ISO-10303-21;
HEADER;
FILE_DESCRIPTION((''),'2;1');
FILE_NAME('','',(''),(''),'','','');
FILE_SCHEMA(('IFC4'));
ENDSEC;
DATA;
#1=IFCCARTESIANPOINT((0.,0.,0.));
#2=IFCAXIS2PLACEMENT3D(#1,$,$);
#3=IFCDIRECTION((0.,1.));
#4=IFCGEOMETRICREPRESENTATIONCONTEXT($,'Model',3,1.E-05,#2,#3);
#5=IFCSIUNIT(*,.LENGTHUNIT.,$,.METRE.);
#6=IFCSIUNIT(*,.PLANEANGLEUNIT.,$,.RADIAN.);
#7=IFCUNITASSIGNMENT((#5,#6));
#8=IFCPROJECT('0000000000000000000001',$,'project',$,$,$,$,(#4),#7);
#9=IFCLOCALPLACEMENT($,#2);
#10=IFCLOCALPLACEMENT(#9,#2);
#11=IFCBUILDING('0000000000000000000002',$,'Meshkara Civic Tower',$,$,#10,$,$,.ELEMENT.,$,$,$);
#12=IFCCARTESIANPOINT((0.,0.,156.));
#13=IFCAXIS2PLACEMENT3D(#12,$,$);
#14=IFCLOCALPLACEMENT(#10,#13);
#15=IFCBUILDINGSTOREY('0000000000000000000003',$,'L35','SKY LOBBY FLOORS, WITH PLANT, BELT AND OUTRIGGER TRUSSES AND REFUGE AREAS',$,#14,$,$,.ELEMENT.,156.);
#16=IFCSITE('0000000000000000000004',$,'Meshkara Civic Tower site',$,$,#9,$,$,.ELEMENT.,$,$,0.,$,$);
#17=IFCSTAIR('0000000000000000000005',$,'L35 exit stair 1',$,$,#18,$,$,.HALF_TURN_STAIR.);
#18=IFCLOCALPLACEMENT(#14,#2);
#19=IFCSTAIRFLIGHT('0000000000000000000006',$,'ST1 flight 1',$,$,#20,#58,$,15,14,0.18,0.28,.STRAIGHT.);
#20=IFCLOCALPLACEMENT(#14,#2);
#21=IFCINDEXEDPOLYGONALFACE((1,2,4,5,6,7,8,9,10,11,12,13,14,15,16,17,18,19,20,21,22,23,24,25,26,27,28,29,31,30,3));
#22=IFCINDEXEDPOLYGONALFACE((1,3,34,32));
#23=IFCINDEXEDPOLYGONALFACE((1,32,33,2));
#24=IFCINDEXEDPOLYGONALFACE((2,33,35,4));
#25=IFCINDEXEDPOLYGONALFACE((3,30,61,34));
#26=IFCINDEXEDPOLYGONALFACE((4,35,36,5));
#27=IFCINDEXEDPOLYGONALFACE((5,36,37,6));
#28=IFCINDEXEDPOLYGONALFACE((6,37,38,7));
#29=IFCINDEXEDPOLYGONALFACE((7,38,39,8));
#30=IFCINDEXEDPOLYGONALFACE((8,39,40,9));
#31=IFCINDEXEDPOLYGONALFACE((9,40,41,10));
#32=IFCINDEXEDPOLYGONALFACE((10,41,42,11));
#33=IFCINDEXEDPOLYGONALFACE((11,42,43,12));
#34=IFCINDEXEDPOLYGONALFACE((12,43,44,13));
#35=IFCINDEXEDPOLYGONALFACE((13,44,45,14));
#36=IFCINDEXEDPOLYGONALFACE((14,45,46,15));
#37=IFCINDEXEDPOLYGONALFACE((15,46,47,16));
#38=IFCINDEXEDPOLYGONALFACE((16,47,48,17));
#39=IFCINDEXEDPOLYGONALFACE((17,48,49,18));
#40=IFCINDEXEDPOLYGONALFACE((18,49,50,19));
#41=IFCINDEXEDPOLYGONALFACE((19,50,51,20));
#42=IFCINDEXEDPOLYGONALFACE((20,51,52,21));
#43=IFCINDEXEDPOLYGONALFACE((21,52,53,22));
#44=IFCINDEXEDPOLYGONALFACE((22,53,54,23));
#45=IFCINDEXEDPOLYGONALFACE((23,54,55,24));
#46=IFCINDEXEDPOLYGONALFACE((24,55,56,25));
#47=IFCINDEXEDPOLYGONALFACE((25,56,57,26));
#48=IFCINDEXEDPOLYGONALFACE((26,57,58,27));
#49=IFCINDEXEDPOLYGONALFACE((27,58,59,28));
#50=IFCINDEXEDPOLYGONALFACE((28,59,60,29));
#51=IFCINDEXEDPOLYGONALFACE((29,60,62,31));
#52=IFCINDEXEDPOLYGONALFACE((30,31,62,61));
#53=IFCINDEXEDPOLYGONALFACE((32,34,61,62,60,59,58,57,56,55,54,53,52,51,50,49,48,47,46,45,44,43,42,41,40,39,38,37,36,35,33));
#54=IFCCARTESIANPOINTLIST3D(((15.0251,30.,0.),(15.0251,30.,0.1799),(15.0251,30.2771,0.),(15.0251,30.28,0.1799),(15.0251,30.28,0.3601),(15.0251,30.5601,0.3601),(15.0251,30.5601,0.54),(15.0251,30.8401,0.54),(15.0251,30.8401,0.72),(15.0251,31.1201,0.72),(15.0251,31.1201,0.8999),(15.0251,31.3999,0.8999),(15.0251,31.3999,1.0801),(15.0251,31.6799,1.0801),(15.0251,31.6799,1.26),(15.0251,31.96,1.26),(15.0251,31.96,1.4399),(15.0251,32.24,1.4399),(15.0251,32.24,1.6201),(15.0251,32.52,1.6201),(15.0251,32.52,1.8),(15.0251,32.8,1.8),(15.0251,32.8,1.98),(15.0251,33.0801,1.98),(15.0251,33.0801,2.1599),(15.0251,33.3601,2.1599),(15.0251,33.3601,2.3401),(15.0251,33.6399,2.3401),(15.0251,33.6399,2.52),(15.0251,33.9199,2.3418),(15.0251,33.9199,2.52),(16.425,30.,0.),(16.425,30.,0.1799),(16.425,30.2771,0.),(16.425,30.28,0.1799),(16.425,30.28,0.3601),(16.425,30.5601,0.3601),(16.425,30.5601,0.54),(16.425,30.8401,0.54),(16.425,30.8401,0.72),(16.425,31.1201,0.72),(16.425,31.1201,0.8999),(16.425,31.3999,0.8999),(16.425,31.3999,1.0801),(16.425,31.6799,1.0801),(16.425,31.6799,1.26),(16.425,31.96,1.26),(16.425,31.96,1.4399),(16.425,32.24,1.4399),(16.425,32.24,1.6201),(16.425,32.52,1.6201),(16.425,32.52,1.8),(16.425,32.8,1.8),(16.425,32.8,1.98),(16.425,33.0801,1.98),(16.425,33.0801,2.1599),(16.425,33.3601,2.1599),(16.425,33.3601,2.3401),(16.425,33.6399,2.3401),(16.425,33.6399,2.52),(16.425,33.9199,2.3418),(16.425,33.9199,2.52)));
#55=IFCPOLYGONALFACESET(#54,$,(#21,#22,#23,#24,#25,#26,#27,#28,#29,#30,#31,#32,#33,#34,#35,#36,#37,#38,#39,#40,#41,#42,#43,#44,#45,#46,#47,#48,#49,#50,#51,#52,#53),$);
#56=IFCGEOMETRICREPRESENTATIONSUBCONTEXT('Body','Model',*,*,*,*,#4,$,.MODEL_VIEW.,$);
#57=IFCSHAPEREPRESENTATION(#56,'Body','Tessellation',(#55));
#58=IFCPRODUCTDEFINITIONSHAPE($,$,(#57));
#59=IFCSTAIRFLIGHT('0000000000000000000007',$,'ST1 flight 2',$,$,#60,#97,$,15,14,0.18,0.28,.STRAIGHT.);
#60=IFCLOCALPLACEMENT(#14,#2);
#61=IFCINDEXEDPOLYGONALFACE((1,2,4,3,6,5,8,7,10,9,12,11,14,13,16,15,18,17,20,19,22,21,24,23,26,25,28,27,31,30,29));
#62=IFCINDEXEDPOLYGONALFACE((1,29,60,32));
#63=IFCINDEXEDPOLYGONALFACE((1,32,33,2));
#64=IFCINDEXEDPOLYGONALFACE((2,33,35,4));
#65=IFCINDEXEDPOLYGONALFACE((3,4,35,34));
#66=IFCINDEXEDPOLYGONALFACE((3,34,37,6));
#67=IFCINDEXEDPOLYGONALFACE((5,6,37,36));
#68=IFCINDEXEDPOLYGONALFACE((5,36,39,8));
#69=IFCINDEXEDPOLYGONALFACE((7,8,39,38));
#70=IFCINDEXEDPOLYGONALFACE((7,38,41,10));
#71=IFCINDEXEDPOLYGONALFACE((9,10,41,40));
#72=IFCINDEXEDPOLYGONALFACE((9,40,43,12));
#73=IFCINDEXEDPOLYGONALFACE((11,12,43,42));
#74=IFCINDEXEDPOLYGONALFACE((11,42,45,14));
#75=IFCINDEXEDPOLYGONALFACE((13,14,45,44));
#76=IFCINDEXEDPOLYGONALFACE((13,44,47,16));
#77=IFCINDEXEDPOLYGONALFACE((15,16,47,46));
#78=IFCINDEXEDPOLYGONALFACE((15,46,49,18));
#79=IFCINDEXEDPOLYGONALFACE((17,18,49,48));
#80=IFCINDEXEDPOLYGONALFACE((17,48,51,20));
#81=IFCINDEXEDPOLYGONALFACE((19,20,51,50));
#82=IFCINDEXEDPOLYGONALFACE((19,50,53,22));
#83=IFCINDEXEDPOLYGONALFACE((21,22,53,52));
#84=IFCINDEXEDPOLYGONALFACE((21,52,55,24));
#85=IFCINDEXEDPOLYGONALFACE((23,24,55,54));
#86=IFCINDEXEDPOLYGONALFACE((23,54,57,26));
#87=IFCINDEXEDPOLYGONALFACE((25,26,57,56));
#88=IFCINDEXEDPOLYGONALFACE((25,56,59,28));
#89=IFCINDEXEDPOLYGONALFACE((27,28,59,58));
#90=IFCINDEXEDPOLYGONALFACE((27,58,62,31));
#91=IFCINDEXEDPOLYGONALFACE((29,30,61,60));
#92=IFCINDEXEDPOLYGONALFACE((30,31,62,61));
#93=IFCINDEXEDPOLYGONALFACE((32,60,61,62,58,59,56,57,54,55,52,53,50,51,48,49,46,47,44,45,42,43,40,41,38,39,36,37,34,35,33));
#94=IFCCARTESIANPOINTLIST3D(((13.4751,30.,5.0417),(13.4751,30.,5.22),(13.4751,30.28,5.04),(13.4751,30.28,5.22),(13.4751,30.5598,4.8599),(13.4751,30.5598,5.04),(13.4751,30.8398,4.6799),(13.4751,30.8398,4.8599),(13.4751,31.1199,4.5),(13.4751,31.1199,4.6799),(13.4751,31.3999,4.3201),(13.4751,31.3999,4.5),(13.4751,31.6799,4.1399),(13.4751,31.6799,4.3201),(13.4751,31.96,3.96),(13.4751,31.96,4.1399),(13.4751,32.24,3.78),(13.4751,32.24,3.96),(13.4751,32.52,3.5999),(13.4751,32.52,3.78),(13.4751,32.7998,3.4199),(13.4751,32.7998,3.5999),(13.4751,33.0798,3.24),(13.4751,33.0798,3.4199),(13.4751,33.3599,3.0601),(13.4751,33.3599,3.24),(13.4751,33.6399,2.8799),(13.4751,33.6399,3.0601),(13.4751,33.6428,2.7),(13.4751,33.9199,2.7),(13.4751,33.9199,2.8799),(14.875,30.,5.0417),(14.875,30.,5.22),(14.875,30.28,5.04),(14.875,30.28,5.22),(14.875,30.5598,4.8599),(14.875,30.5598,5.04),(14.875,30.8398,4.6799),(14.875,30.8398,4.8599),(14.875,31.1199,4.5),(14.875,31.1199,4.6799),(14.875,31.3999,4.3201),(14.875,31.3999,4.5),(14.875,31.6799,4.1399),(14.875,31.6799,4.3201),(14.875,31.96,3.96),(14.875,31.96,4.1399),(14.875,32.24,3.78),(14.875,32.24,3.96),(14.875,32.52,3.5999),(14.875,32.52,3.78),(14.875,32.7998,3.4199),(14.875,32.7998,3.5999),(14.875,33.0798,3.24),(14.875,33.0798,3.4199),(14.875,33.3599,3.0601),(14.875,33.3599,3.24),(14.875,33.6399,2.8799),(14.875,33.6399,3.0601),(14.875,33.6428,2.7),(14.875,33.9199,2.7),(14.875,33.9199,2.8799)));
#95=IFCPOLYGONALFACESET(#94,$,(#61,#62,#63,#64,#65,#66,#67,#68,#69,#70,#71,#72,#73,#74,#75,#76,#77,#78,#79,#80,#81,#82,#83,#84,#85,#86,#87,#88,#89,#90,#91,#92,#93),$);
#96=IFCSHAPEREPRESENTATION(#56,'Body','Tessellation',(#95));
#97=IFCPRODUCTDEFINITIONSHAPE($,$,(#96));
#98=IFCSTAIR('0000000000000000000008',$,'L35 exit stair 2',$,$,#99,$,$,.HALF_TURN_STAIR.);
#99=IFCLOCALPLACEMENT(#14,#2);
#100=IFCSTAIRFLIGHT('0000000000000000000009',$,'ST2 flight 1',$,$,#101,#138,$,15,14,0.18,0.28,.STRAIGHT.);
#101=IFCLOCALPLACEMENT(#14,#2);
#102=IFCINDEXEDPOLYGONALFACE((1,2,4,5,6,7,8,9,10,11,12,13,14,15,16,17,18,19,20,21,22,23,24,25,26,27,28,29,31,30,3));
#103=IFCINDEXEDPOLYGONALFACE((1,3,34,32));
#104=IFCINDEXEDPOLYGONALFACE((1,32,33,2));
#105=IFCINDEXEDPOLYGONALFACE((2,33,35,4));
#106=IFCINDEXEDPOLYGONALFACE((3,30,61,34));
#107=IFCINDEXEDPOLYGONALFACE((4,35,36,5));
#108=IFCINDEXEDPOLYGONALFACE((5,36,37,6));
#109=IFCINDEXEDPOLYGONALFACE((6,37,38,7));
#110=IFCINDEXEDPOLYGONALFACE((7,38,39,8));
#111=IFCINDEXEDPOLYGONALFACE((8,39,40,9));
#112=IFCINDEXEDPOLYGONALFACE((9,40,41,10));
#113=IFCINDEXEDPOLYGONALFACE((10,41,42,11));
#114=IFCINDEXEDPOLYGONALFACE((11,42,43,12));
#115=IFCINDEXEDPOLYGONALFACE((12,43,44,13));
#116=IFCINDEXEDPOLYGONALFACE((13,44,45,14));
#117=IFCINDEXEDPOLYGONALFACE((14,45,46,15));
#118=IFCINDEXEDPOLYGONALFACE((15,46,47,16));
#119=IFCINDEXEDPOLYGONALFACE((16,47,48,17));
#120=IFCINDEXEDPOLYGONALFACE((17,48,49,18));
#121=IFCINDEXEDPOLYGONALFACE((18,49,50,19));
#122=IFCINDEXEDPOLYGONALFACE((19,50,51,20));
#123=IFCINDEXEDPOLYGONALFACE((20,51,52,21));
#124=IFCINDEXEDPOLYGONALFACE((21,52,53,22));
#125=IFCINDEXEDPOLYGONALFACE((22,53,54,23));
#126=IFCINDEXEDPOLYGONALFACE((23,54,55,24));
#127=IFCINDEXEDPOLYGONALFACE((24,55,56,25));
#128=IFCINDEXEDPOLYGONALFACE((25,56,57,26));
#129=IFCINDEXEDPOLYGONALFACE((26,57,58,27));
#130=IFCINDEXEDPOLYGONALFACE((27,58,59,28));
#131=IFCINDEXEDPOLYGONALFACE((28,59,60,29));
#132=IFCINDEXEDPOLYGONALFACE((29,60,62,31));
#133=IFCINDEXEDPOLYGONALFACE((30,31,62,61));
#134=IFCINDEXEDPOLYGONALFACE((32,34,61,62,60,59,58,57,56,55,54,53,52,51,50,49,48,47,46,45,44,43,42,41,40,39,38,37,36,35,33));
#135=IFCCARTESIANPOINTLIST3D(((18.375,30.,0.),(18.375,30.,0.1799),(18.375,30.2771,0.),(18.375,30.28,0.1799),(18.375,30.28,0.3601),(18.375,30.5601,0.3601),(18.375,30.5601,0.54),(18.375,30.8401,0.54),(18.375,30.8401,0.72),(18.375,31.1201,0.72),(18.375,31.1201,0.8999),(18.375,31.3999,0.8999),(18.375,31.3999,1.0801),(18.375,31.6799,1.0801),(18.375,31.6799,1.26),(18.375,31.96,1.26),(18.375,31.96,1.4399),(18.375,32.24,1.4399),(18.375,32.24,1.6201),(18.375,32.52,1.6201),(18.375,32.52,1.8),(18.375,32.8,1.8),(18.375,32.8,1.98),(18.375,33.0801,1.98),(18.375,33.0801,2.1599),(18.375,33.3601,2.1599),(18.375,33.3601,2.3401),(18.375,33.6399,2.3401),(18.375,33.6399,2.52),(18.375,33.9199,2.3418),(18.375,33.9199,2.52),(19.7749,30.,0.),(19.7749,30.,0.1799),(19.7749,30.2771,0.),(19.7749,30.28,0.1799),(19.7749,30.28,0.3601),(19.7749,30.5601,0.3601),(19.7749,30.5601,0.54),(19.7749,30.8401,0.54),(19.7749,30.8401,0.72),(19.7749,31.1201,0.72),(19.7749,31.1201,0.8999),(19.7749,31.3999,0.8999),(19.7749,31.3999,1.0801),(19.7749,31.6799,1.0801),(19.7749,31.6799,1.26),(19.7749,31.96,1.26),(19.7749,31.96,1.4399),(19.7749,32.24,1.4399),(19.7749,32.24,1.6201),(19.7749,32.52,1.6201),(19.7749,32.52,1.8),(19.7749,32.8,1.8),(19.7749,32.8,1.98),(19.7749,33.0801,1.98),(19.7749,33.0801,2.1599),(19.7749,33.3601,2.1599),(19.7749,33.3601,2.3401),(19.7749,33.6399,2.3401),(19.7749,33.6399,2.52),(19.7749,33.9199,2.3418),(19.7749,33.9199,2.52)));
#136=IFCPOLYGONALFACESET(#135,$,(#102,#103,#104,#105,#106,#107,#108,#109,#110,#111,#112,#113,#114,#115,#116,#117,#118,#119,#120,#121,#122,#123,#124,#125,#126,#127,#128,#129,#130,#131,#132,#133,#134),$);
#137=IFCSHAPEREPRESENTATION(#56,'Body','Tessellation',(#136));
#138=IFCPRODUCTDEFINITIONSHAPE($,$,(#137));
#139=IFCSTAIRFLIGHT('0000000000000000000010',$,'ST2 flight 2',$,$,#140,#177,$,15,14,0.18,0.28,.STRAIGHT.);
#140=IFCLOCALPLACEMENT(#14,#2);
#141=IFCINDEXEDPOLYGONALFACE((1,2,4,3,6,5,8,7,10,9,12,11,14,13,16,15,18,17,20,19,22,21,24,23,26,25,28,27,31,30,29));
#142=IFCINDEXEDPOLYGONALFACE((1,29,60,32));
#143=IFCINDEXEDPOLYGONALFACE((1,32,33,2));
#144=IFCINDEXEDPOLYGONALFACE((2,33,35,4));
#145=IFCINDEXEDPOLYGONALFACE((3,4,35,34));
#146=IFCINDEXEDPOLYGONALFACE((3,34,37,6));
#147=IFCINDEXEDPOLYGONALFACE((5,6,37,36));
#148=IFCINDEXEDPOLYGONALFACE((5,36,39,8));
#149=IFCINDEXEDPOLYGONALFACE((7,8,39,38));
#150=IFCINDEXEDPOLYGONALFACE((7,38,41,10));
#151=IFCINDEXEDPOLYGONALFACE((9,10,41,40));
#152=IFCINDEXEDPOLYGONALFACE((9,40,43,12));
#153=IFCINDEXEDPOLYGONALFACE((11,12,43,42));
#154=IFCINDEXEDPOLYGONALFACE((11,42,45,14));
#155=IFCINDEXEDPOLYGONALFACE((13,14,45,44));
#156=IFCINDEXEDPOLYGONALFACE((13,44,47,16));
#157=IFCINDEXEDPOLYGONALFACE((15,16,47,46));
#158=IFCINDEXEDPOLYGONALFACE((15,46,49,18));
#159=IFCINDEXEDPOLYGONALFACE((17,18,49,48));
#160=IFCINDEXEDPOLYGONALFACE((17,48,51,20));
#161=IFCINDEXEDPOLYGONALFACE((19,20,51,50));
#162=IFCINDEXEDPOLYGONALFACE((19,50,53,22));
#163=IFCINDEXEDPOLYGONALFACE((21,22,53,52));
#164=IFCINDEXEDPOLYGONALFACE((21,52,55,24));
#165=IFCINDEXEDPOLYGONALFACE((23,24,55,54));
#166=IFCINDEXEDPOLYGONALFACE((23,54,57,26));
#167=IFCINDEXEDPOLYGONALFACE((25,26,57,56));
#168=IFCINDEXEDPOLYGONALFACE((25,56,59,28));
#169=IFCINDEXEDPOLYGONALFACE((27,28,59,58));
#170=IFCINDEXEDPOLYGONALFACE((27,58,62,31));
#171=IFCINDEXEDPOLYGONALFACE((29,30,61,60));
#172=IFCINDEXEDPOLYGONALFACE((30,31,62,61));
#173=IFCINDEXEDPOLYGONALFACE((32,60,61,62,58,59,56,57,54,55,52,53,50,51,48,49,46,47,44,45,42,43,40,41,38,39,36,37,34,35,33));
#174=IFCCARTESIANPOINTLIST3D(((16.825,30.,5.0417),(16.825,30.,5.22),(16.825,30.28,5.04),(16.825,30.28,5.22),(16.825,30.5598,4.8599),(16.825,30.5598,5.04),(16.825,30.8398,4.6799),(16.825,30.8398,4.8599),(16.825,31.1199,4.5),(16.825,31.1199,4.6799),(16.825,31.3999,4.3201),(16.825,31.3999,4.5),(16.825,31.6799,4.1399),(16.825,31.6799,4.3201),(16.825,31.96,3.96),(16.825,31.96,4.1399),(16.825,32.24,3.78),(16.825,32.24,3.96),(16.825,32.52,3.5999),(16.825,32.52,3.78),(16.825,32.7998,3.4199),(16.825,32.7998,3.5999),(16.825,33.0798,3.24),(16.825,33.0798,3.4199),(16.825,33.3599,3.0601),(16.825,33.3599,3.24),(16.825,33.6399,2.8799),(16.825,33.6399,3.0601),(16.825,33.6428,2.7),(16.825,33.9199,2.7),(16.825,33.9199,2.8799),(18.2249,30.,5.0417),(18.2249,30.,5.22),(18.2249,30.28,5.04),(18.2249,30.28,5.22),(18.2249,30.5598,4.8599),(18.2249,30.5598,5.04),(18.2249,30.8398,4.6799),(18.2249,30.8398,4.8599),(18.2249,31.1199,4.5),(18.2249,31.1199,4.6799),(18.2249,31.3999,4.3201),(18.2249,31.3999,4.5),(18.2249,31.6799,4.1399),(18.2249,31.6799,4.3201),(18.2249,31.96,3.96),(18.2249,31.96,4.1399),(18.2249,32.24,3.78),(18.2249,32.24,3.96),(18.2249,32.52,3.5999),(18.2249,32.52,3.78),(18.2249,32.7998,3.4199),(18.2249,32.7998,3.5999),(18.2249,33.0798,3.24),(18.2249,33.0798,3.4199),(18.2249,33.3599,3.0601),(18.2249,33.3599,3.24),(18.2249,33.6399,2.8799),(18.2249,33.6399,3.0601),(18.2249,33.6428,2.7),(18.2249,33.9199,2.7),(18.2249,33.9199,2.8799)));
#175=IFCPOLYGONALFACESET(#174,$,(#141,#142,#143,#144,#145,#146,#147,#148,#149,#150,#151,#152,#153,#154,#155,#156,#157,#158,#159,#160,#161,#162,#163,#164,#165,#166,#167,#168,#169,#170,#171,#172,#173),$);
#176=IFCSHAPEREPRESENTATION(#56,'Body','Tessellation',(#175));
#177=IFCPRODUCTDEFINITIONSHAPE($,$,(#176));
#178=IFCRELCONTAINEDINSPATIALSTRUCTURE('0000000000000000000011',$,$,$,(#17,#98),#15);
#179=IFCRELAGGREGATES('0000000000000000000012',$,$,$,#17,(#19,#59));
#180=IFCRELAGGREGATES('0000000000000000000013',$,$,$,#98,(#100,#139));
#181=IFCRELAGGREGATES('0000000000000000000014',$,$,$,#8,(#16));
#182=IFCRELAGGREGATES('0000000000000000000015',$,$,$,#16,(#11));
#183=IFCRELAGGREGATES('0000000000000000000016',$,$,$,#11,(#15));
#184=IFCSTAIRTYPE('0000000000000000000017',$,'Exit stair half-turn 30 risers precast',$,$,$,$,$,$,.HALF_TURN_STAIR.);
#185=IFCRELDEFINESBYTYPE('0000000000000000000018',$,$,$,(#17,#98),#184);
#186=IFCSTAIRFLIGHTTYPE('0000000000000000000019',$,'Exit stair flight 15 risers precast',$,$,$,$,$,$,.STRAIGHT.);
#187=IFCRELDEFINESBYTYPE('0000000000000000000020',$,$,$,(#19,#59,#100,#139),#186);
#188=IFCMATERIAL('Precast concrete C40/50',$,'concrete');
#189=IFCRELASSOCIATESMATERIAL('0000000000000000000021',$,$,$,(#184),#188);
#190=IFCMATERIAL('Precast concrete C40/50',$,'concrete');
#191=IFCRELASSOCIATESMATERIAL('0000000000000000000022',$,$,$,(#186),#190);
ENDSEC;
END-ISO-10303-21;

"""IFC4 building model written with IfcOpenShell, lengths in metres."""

from ifc_helpers import new_model, si_unit, direction, frame, origin, place, context, subcontext, project, spatial, polyline, outline, extrude, material, type_object, element, aggregate, save


model = new_model("IFC4")

# Units and contexts
model_context = context("Model", 3, precision=1e-05, world=origin(), true_north=direction((0.0, 1.0)))
body_context = subcontext(model_context, "Body", "Model", "MODEL_VIEW")
ifc_project = project(units=[si_unit("LENGTHUNIT", "METRE"), si_unit("PLANEANGLEUNIT", "RADIAN")], contexts=[model_context])

# Site, building, storey
site_placement = place(None, origin())
site = spatial("IfcSite", under=ifc_project, at=site_placement, Name="Meshkara Civic Tower site", CompositionType="ELEMENT", RefElevation=0.0)
building_placement = place(site_placement, origin())
building = spatial("IfcBuilding", under=site, at=building_placement, Name="Meshkara Civic Tower", CompositionType="ELEMENT")
storey_placement = place(building_placement, frame((0.0, 0.0, 156.0)))
storey = spatial("IfcBuildingStorey", under=building, at=storey_placement, Name="L35", Description="SKY LOBBY FLOORS, WITH PLANT, BELT AND OUTRIGGER TRUSSES AND REFUGE AREAS", CompositionType="ELEMENT", Elevation=156.0)

# Stairs, stair flights
ifc_material_1 = material(Name="Precast concrete C40/50", Category="concrete")
stair_type = type_object("IfcStairType", Name="Exit stair half-turn 30 risers precast", PredefinedType="HALF_TURN_STAIR", material=ifc_material_1)
stair_1_placement = place(storey_placement, origin())
stair_1 = element("IfcStair", 1, at=stair_1_placement, inside=storey, type_object=stair_type, Name="L35 exit stair 1", PredefinedType="HALF_TURN_STAIR")
ifc_material_2 = material(Name="Precast concrete C40/50", Category="concrete")
stair_flight_type = type_object("IfcStairFlightType", Name="Exit stair flight 15 risers precast", PredefinedType="STRAIGHT", material=ifc_material_2)
stair_flight_1_placement = place(storey_placement, frame((15.7251, 30.0, 0.0), z_axis=(0.0, 0.0, 1.0), x_axis=(0.0, 1.0, 0.0)))
stair_flight_1 = element("IfcStairFlight", 2, at=stair_flight_1_placement, type_object=stair_flight_type, Name="ST1 flight 1", NumberOfRisers=15, NumberOfTreads=14, PredefinedType="STRAIGHT", RiserHeight=0.18, TreadLength=0.28, context=body_context, shape_type="SweptSolid", body=[
    extrude(outline(polyline([(0.0, 0.0), (0.0, 0.1799), (0.28, 0.1799), (0.28, 0.3601), (0.5601, 0.3601), (0.5601, 0.54), (0.8401, 0.54), (0.8401, 0.72), (1.1201, 0.72), (1.1201, 0.8999), (1.3999, 0.8999), (1.3999, 1.0801), (1.6799, 1.0801), (1.6799, 1.26), (1.96, 1.26), (1.96, 1.4399), (2.24, 1.4399), (2.24, 1.6201), (2.52, 1.6201), (2.52, 1.8), (2.8, 1.8), (2.8, 1.98), (3.0801, 1.98), (3.0801, 2.1599), (3.3601, 2.1599), (3.3601, 2.3401), (3.6399, 2.3401), (3.6399, 2.52), (3.9199, 2.52), (3.9199, 2.7), (3.9199, 2.3418), (0.2771, 0.0), (0.0, 0.0)])), frame((0.0, 0.7, 0.0), z_axis=(0.0, -1.0, 0.0), x_axis=(1.0, 0.0, 0.0)), (0.0, 0.0, 1.0), 1.3999),
])
stair_flight_2_placement = place(storey_placement, frame((14.175, 33.9199, 2.7), z_axis=(0.0, 0.0, 1.0), x_axis=(0.0, -1.0, 0.0)))
stair_flight_2 = element("IfcStairFlight", 3, at=stair_flight_2_placement, type_object=stair_flight_type, Name="ST1 flight 2", NumberOfRisers=15, NumberOfTreads=14, PredefinedType="STRAIGHT", RiserHeight=0.18, TreadLength=0.28, context=body_context, shape_type="SweptSolid", body=[
    extrude(outline(polyline([(0.0, 0.0), (0.0, 0.1799), (0.28, 0.1799), (0.28, 0.3601), (0.5601, 0.3601), (0.5601, 0.54), (0.8401, 0.54), (0.8401, 0.72), (1.1201, 0.72), (1.1201, 0.8999), (1.3999, 0.8999), (1.3999, 1.0801), (1.6799, 1.0801), (1.6799, 1.26), (1.96, 1.26), (1.96, 1.4399), (2.24, 1.4399), (2.24, 1.6201), (2.52, 1.6201), (2.52, 1.8), (2.8, 1.8), (2.8, 1.98), (3.0801, 1.98), (3.0801, 2.1599), (3.3601, 2.1599), (3.3601, 2.3401), (3.6399, 2.3401), (3.6399, 2.52), (3.9199, 2.52), (3.9199, 2.7), (3.9199, 2.3418), (0.2771, 0.0), (0.0, 0.0)])), frame((0.0, 0.7, 0.0), z_axis=(0.0, -1.0, 0.0), x_axis=(1.0, 0.0, 0.0)), (0.0, 0.0, 1.0), 1.3999),
])
aggregate(stair_1, [stair_flight_1, stair_flight_2])
stair_2_placement = place(storey_placement, origin())
stair_2 = element("IfcStair", 4, at=stair_2_placement, inside=storey, type_object=stair_type, Name="L35 exit stair 2", PredefinedType="HALF_TURN_STAIR")
stair_flight_3_placement = place(storey_placement, frame((19.075, 30.0, 0.0), z_axis=(0.0, 0.0, 1.0), x_axis=(0.0, 1.0, 0.0)))
stair_flight_3 = element("IfcStairFlight", 5, at=stair_flight_3_placement, type_object=stair_flight_type, Name="ST2 flight 1", NumberOfRisers=15, NumberOfTreads=14, PredefinedType="STRAIGHT", RiserHeight=0.18, TreadLength=0.28, context=body_context, shape_type="SweptSolid", body=[
    extrude(outline(polyline([(0.0, 0.0), (0.0, 0.1799), (0.28, 0.1799), (0.28, 0.3601), (0.5601, 0.3601), (0.5601, 0.54), (0.8401, 0.54), (0.8401, 0.72), (1.1201, 0.72), (1.1201, 0.8999), (1.3999, 0.8999), (1.3999, 1.0801), (1.6799, 1.0801), (1.6799, 1.26), (1.96, 1.26), (1.96, 1.4399), (2.24, 1.4399), (2.24, 1.6201), (2.52, 1.6201), (2.52, 1.8), (2.8, 1.8), (2.8, 1.98), (3.0801, 1.98), (3.0801, 2.1599), (3.3601, 2.1599), (3.3601, 2.3401), (3.6399, 2.3401), (3.6399, 2.52), (3.9199, 2.52), (3.9199, 2.7), (3.9199, 2.3418), (0.2771, 0.0), (0.0, 0.0)])), frame((0.0, 0.7, 0.0), z_axis=(0.0, -1.0, 0.0), x_axis=(1.0, 0.0, 0.0)), (0.0, 0.0, 1.0), 1.3999),
])
stair_flight_4_placement = place(storey_placement, frame((17.5249, 33.9199, 2.7), z_axis=(0.0, 0.0, 1.0), x_axis=(0.0, -1.0, 0.0)))
stair_flight_4 = element("IfcStairFlight", 6, at=stair_flight_4_placement, type_object=stair_flight_type, Name="ST2 flight 2", NumberOfRisers=15, NumberOfTreads=14, PredefinedType="STRAIGHT", RiserHeight=0.18, TreadLength=0.28, context=body_context, shape_type="SweptSolid", body=[
    extrude(outline(polyline([(0.0, 0.0), (0.0, 0.1799), (0.28, 0.1799), (0.28, 0.3601), (0.5601, 0.3601), (0.5601, 0.54), (0.8401, 0.54), (0.8401, 0.72), (1.1201, 0.72), (1.1201, 0.8999), (1.3999, 0.8999), (1.3999, 1.0801), (1.6799, 1.0801), (1.6799, 1.26), (1.96, 1.26), (1.96, 1.4399), (2.24, 1.4399), (2.24, 1.6201), (2.52, 1.6201), (2.52, 1.8), (2.8, 1.8), (2.8, 1.98), (3.0801, 1.98), (3.0801, 2.1599), (3.3601, 2.1599), (3.3601, 2.3401), (3.6399, 2.3401), (3.6399, 2.52), (3.9199, 2.52), (3.9199, 2.7), (3.9199, 2.3418), (0.2771, 0.0), (0.0, 0.0)])), frame((0.0, 0.7, 0.0), z_axis=(0.0, -1.0, 0.0), x_axis=(1.0, 0.0, 0.0)), (0.0, 0.0, 1.0), 1.3999),
])
aggregate(stair_2, [stair_flight_3, stair_flight_4])

save(model, "model.ifc")
